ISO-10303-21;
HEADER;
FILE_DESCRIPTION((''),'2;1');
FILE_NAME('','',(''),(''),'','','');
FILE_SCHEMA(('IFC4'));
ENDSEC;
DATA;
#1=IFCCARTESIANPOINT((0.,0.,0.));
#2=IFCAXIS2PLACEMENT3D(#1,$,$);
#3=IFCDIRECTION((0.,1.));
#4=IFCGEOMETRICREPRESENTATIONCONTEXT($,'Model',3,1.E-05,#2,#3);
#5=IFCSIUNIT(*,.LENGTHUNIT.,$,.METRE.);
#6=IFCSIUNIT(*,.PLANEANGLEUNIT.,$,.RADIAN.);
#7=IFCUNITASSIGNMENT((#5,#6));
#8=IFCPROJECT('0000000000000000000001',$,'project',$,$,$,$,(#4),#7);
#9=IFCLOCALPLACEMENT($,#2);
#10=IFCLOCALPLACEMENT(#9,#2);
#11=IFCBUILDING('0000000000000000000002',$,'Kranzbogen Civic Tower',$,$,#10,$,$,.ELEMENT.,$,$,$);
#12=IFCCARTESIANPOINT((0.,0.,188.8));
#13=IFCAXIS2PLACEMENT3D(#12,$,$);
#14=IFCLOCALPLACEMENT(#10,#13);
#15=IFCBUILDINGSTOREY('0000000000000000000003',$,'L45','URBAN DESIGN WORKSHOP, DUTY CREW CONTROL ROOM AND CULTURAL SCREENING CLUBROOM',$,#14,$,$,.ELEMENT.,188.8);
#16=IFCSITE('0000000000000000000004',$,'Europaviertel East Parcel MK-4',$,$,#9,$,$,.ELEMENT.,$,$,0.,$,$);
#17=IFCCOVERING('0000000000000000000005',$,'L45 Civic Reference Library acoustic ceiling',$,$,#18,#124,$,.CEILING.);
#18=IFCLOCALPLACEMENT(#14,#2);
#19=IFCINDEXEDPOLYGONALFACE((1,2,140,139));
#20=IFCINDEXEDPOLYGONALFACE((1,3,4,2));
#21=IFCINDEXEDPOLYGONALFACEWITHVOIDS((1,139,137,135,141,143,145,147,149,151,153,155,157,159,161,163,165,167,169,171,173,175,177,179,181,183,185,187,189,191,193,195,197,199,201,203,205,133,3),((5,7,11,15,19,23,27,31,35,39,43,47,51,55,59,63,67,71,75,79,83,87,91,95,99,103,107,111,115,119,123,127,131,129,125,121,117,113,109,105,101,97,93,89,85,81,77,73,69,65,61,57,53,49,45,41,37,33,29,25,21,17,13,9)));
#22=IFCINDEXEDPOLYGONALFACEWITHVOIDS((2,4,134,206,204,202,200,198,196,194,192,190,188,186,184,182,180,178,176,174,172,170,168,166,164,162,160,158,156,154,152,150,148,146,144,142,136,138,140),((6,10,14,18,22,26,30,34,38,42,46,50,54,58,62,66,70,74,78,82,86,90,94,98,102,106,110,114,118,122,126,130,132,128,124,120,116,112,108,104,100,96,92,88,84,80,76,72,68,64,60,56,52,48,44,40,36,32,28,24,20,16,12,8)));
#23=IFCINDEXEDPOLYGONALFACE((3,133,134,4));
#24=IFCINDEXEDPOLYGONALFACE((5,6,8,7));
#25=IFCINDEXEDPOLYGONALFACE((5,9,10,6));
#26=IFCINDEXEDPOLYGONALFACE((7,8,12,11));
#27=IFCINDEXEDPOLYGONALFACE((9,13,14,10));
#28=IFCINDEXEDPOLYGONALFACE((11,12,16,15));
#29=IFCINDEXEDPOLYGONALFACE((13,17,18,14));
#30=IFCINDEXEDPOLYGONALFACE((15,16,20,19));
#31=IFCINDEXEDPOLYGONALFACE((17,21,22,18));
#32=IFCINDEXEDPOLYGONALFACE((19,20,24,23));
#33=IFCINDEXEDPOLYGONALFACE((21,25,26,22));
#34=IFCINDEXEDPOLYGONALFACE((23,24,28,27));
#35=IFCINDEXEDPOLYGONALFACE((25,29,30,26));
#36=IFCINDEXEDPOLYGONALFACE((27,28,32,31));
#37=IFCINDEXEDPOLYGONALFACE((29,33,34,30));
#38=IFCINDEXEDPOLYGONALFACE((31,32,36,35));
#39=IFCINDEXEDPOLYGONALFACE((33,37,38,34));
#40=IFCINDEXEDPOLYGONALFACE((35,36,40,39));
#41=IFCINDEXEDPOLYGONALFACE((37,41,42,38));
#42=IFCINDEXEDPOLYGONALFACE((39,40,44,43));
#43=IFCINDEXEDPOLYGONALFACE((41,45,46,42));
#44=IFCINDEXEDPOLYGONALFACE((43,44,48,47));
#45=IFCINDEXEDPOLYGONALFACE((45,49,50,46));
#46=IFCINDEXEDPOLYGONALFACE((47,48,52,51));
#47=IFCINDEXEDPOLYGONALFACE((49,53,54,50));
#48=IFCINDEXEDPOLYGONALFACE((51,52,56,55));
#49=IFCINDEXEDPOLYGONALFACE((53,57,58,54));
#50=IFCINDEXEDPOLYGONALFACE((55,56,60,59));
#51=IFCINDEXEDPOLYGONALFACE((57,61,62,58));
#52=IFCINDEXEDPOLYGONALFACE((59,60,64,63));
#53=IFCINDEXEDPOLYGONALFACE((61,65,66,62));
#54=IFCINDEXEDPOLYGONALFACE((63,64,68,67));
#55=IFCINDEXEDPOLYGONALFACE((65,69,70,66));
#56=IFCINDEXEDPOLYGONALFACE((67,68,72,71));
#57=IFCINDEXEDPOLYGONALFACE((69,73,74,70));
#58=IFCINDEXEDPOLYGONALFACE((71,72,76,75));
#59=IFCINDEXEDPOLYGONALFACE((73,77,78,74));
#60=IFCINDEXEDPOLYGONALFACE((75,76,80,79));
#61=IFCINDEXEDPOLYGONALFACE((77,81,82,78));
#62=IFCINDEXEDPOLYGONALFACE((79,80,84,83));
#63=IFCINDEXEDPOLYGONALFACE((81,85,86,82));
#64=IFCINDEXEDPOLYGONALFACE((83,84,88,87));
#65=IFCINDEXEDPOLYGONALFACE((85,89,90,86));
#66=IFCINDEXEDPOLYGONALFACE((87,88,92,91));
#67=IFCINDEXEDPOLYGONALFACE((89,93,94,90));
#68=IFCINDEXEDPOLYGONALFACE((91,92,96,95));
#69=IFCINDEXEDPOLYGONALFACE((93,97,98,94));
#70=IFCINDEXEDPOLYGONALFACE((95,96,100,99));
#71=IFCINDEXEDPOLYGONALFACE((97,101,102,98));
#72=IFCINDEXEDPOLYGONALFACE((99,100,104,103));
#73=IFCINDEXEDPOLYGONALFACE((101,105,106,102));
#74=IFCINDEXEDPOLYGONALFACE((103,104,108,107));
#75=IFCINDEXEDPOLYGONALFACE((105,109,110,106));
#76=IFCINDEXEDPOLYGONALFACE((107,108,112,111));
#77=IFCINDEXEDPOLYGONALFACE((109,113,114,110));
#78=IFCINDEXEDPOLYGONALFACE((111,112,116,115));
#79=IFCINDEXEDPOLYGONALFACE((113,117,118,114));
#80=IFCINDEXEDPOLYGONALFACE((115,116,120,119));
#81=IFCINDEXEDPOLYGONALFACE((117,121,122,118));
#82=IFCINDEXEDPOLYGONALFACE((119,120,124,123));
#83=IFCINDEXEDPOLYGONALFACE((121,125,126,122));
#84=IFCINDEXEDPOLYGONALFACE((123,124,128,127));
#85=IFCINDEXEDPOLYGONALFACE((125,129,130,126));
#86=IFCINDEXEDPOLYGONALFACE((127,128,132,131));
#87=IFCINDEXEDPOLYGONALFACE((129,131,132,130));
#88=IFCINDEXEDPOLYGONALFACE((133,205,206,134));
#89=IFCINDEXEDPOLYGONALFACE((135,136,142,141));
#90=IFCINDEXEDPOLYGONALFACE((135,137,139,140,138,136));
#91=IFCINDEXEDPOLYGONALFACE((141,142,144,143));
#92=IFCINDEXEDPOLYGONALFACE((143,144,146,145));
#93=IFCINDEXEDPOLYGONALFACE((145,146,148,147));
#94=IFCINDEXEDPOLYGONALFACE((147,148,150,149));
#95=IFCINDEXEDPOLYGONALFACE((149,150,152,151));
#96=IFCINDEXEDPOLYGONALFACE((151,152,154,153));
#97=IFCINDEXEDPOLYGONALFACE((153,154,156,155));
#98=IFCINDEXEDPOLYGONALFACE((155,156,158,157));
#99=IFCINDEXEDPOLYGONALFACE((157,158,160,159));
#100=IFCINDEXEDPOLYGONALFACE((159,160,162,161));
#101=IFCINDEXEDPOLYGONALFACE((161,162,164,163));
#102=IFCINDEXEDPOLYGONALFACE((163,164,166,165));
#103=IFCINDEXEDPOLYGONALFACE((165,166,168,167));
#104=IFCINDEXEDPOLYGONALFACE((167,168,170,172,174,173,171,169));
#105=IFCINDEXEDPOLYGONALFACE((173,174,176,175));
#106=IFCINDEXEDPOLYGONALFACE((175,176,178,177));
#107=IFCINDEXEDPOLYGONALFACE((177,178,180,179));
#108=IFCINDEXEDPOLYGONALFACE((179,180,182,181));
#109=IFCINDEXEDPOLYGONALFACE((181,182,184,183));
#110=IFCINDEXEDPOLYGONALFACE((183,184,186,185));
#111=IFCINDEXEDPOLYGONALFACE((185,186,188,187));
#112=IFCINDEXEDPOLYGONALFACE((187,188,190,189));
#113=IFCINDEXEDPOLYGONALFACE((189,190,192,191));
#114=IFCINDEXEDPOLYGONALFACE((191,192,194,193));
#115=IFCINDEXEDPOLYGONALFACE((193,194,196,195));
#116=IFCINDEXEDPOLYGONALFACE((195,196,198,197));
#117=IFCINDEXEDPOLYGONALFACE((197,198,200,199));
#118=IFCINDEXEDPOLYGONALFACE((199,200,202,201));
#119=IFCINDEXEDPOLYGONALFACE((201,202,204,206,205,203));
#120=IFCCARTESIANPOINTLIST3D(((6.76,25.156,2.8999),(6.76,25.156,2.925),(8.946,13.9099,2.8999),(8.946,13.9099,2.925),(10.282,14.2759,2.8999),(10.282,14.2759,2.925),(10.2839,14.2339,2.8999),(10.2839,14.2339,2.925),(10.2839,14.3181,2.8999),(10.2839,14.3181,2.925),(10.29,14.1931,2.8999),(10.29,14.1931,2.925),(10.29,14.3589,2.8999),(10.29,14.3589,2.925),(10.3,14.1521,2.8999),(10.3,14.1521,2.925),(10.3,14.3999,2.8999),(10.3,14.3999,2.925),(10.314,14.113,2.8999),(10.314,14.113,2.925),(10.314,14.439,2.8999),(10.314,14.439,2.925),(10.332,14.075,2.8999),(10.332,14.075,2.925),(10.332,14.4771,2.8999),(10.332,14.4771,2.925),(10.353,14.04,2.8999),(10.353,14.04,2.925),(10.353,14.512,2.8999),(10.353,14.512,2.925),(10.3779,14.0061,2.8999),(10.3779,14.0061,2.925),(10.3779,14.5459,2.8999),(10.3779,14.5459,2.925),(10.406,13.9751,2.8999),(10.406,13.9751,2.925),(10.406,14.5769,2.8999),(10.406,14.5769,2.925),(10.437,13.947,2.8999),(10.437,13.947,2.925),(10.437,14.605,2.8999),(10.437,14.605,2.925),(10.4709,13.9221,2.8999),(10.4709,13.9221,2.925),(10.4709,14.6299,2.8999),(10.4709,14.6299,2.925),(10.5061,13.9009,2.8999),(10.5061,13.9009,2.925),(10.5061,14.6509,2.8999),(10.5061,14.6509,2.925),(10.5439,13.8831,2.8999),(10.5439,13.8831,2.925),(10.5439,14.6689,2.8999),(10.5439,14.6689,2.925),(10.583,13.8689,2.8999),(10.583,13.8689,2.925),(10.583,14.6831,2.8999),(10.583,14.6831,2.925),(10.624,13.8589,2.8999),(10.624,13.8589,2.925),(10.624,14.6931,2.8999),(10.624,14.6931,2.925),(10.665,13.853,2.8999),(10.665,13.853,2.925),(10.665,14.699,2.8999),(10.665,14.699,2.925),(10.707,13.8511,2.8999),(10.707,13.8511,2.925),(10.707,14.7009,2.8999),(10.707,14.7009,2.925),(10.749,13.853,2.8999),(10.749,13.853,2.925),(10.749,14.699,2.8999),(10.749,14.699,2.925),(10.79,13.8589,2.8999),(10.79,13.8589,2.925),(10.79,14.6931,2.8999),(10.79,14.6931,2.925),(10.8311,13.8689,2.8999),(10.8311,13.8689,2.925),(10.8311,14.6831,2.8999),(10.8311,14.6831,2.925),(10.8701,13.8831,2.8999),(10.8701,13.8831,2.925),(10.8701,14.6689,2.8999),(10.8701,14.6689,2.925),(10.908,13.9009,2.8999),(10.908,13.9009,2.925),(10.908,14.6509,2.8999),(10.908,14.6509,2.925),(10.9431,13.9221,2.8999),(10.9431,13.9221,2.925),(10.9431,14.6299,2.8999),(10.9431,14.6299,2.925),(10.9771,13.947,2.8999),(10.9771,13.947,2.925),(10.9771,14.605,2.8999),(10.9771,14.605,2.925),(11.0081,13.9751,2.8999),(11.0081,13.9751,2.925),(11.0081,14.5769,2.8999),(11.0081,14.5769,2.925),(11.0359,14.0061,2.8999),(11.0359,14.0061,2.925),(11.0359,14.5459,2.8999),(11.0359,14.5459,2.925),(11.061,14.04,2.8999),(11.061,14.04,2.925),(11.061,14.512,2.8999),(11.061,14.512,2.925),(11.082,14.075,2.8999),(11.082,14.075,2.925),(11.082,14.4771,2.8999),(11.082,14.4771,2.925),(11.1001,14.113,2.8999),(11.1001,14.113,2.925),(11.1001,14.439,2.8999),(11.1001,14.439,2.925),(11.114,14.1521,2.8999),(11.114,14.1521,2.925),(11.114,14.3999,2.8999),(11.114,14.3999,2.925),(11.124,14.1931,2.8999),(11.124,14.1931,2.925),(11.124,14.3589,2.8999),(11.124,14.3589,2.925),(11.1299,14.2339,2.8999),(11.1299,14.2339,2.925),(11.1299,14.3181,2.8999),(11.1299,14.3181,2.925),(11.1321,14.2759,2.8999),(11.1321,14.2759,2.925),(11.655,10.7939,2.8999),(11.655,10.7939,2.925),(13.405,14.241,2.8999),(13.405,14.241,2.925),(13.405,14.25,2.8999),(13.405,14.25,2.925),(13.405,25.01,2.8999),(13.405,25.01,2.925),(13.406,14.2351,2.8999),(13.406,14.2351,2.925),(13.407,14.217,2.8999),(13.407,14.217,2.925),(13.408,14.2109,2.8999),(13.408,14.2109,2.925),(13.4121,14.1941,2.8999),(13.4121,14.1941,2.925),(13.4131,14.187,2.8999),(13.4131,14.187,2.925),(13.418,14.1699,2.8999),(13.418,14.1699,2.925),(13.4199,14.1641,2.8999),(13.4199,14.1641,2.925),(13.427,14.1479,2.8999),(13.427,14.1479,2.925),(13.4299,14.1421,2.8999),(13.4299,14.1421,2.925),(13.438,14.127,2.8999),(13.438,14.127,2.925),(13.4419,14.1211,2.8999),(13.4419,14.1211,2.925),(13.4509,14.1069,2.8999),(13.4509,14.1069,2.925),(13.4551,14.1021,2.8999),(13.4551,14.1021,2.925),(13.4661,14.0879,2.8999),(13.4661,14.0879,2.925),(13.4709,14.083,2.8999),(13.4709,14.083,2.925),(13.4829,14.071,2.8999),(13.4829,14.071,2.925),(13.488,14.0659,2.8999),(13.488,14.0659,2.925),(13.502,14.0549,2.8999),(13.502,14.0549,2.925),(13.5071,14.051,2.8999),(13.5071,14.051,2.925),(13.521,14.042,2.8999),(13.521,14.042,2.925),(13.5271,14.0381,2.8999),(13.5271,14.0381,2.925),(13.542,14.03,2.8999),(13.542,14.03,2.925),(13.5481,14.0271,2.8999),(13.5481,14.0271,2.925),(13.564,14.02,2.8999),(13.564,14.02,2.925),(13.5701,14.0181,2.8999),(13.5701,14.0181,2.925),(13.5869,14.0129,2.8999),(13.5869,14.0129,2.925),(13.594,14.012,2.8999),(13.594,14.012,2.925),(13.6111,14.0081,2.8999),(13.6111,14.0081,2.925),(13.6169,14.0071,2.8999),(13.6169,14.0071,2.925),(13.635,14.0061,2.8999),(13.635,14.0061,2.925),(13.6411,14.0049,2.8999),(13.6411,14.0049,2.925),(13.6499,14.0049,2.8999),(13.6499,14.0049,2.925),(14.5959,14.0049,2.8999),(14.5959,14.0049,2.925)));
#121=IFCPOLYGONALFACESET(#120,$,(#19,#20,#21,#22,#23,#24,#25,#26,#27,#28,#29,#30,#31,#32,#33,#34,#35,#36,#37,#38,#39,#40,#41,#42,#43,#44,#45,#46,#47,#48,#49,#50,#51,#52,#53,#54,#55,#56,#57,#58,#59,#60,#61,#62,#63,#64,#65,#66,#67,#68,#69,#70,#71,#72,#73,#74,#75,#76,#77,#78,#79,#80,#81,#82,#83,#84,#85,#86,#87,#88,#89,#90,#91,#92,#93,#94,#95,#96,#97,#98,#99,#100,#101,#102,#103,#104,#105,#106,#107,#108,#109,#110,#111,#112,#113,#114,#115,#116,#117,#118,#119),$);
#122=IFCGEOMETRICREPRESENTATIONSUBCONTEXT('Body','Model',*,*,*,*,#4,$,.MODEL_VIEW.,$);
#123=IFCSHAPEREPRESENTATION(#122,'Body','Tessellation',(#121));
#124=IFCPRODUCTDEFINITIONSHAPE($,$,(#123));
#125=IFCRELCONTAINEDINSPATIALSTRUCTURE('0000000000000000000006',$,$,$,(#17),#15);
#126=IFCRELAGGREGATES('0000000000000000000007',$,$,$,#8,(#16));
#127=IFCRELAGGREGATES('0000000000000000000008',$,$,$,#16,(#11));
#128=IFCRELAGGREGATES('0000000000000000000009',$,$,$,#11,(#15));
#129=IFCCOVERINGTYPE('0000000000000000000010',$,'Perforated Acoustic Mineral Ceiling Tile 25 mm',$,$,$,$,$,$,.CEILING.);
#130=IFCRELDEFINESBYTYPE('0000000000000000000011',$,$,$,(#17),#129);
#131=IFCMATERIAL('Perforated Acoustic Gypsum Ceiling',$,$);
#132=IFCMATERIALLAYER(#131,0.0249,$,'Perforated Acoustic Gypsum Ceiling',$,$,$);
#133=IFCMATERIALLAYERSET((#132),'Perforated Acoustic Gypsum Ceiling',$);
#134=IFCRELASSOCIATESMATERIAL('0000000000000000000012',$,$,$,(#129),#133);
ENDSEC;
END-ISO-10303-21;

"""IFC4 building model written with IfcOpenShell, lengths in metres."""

from ifc_helpers import new_model, si_unit, direction, frame, origin, place, context, subcontext, project, spatial, polyline, outline, extrude, material, layer, layer_set, type_object, element, save


model = new_model("IFC4")

# Units and contexts
model_context = context("Model", 3, precision=1e-05, world=origin(), true_north=direction((0.0, 1.0)))
body_context = subcontext(model_context, "Body", "Model", "MODEL_VIEW")
ifc_project = project(units=[si_unit("LENGTHUNIT", "METRE"), si_unit("PLANEANGLEUNIT", "RADIAN")], contexts=[model_context])

# Site, building, storey
site_placement = place(None, origin())
site = spatial("IfcSite", under=ifc_project, at=site_placement, Name="Europaviertel East Parcel MK-4", CompositionType="ELEMENT", RefElevation=0.0)
building_placement = place(site_placement, origin())
building = spatial("IfcBuilding", under=site, at=building_placement, Name="Kranzbogen Civic Tower", CompositionType="ELEMENT")
storey_placement = place(building_placement, frame((0.0, 0.0, 188.8)))
storey = spatial("IfcBuildingStorey", under=building, at=storey_placement, Name="L45", Description="URBAN DESIGN WORKSHOP, DUTY CREW CONTROL ROOM AND CULTURAL SCREENING CLUBROOM", CompositionType="ELEMENT", Elevation=188.8)

# Covering
ifc_material_1 = material(Name="Perforated Acoustic Gypsum Ceiling")
ifc_layer_1 = layer(ifc_material_1, 0.0249, Name="Perforated Acoustic Gypsum Ceiling")
ifc_layer_set_1 = layer_set([ifc_layer_1], Name="Perforated Acoustic Gypsum Ceiling")
covering_type = type_object("IfcCoveringType", Name="Perforated Acoustic Mineral Ceiling Tile 25 mm", PredefinedType="CEILING", material=ifc_layer_set_1)
covering_1_placement = place(storey_placement, frame((0.0, 0.0, 2.8999)))
element("IfcCovering", 1, at=covering_1_placement, inside=storey, type_object=covering_type, Name="L45 Civic Reference Library acoustic ceiling", PredefinedType="CEILING", context=body_context, shape_type="SweptSolid", body=[
    extrude(outline(polyline([(6.76, 25.156), (13.405, 25.01), (13.405, 14.25), (13.405, 14.241), (13.406, 14.2351), (13.407, 14.217), (13.408, 14.2109), (13.4121, 14.1941), (13.4131, 14.187), (13.418, 14.1699), (13.4199, 14.1641), (13.427, 14.1479), (13.4299, 14.1421), (13.438, 14.127), (13.4419, 14.1211), (13.4509, 14.1069), (13.4551, 14.1021), (13.4661, 14.0879), (13.4709, 14.083), (13.4829, 14.071), (13.488, 14.0659), (13.502, 14.0549), (13.5071, 14.051), (13.521, 14.042), (13.5271, 14.0381), (13.542, 14.03), (13.5481, 14.0271), (13.564, 14.02), (13.5701, 14.0181), (13.5869, 14.0129), (13.594, 14.012), (13.6111, 14.0081), (13.6169, 14.0071), (13.635, 14.0061), (13.6411, 14.0049), (13.6499, 14.0049), (14.5959, 14.0049), (11.655, 10.7939), (8.946, 13.9099), (6.76, 25.156)]), holes=[polyline([(11.1001, 14.113), (11.082, 14.075), (11.061, 14.04), (11.0359, 14.0061), (11.0081, 13.9751), (10.9771, 13.947), (10.9431, 13.9221), (10.908, 13.9009), (10.8701, 13.8831), (10.8311, 13.8689), (10.79, 13.8589), (10.749, 13.853), (10.707, 13.8511), (10.665, 13.853), (10.624, 13.8589), (10.583, 13.8689), (10.5439, 13.8831), (10.5061, 13.9009), (10.4709, 13.9221), (10.437, 13.947), (10.406, 13.9751), (10.3779, 14.0061), (10.353, 14.04), (10.332, 14.075), (10.314, 14.113), (10.3, 14.1521), (10.29, 14.1931), (10.2839, 14.2339), (10.282, 14.2759), (10.2839, 14.3181), (10.29, 14.3589), (10.3, 14.3999), (10.314, 14.439), (10.332, 14.4771), (10.353, 14.512), (10.3779, 14.5459), (10.406, 14.5769), (10.437, 14.605), (10.4709, 14.6299), (10.5061, 14.6509), (10.5439, 14.6689), (10.583, 14.6831), (10.624, 14.6931), (10.665, 14.699), (10.707, 14.7009), (10.749, 14.699), (10.79, 14.6931), (10.8311, 14.6831), (10.8701, 14.6689), (10.908, 14.6509), (10.9431, 14.6299), (10.9771, 14.605), (11.0081, 14.5769), (11.0359, 14.5459), (11.061, 14.512), (11.082, 14.4771), (11.1001, 14.439), (11.114, 14.3999), (11.124, 14.3589), (11.1299, 14.3181), (11.1321, 14.2759), (11.1299, 14.2339), (11.124, 14.1931), (11.114, 14.1521), (11.1001, 14.113)])]), origin(), (0.0, 0.0, 1.0), 0.0251),
])

save(model, "model.ifc")
